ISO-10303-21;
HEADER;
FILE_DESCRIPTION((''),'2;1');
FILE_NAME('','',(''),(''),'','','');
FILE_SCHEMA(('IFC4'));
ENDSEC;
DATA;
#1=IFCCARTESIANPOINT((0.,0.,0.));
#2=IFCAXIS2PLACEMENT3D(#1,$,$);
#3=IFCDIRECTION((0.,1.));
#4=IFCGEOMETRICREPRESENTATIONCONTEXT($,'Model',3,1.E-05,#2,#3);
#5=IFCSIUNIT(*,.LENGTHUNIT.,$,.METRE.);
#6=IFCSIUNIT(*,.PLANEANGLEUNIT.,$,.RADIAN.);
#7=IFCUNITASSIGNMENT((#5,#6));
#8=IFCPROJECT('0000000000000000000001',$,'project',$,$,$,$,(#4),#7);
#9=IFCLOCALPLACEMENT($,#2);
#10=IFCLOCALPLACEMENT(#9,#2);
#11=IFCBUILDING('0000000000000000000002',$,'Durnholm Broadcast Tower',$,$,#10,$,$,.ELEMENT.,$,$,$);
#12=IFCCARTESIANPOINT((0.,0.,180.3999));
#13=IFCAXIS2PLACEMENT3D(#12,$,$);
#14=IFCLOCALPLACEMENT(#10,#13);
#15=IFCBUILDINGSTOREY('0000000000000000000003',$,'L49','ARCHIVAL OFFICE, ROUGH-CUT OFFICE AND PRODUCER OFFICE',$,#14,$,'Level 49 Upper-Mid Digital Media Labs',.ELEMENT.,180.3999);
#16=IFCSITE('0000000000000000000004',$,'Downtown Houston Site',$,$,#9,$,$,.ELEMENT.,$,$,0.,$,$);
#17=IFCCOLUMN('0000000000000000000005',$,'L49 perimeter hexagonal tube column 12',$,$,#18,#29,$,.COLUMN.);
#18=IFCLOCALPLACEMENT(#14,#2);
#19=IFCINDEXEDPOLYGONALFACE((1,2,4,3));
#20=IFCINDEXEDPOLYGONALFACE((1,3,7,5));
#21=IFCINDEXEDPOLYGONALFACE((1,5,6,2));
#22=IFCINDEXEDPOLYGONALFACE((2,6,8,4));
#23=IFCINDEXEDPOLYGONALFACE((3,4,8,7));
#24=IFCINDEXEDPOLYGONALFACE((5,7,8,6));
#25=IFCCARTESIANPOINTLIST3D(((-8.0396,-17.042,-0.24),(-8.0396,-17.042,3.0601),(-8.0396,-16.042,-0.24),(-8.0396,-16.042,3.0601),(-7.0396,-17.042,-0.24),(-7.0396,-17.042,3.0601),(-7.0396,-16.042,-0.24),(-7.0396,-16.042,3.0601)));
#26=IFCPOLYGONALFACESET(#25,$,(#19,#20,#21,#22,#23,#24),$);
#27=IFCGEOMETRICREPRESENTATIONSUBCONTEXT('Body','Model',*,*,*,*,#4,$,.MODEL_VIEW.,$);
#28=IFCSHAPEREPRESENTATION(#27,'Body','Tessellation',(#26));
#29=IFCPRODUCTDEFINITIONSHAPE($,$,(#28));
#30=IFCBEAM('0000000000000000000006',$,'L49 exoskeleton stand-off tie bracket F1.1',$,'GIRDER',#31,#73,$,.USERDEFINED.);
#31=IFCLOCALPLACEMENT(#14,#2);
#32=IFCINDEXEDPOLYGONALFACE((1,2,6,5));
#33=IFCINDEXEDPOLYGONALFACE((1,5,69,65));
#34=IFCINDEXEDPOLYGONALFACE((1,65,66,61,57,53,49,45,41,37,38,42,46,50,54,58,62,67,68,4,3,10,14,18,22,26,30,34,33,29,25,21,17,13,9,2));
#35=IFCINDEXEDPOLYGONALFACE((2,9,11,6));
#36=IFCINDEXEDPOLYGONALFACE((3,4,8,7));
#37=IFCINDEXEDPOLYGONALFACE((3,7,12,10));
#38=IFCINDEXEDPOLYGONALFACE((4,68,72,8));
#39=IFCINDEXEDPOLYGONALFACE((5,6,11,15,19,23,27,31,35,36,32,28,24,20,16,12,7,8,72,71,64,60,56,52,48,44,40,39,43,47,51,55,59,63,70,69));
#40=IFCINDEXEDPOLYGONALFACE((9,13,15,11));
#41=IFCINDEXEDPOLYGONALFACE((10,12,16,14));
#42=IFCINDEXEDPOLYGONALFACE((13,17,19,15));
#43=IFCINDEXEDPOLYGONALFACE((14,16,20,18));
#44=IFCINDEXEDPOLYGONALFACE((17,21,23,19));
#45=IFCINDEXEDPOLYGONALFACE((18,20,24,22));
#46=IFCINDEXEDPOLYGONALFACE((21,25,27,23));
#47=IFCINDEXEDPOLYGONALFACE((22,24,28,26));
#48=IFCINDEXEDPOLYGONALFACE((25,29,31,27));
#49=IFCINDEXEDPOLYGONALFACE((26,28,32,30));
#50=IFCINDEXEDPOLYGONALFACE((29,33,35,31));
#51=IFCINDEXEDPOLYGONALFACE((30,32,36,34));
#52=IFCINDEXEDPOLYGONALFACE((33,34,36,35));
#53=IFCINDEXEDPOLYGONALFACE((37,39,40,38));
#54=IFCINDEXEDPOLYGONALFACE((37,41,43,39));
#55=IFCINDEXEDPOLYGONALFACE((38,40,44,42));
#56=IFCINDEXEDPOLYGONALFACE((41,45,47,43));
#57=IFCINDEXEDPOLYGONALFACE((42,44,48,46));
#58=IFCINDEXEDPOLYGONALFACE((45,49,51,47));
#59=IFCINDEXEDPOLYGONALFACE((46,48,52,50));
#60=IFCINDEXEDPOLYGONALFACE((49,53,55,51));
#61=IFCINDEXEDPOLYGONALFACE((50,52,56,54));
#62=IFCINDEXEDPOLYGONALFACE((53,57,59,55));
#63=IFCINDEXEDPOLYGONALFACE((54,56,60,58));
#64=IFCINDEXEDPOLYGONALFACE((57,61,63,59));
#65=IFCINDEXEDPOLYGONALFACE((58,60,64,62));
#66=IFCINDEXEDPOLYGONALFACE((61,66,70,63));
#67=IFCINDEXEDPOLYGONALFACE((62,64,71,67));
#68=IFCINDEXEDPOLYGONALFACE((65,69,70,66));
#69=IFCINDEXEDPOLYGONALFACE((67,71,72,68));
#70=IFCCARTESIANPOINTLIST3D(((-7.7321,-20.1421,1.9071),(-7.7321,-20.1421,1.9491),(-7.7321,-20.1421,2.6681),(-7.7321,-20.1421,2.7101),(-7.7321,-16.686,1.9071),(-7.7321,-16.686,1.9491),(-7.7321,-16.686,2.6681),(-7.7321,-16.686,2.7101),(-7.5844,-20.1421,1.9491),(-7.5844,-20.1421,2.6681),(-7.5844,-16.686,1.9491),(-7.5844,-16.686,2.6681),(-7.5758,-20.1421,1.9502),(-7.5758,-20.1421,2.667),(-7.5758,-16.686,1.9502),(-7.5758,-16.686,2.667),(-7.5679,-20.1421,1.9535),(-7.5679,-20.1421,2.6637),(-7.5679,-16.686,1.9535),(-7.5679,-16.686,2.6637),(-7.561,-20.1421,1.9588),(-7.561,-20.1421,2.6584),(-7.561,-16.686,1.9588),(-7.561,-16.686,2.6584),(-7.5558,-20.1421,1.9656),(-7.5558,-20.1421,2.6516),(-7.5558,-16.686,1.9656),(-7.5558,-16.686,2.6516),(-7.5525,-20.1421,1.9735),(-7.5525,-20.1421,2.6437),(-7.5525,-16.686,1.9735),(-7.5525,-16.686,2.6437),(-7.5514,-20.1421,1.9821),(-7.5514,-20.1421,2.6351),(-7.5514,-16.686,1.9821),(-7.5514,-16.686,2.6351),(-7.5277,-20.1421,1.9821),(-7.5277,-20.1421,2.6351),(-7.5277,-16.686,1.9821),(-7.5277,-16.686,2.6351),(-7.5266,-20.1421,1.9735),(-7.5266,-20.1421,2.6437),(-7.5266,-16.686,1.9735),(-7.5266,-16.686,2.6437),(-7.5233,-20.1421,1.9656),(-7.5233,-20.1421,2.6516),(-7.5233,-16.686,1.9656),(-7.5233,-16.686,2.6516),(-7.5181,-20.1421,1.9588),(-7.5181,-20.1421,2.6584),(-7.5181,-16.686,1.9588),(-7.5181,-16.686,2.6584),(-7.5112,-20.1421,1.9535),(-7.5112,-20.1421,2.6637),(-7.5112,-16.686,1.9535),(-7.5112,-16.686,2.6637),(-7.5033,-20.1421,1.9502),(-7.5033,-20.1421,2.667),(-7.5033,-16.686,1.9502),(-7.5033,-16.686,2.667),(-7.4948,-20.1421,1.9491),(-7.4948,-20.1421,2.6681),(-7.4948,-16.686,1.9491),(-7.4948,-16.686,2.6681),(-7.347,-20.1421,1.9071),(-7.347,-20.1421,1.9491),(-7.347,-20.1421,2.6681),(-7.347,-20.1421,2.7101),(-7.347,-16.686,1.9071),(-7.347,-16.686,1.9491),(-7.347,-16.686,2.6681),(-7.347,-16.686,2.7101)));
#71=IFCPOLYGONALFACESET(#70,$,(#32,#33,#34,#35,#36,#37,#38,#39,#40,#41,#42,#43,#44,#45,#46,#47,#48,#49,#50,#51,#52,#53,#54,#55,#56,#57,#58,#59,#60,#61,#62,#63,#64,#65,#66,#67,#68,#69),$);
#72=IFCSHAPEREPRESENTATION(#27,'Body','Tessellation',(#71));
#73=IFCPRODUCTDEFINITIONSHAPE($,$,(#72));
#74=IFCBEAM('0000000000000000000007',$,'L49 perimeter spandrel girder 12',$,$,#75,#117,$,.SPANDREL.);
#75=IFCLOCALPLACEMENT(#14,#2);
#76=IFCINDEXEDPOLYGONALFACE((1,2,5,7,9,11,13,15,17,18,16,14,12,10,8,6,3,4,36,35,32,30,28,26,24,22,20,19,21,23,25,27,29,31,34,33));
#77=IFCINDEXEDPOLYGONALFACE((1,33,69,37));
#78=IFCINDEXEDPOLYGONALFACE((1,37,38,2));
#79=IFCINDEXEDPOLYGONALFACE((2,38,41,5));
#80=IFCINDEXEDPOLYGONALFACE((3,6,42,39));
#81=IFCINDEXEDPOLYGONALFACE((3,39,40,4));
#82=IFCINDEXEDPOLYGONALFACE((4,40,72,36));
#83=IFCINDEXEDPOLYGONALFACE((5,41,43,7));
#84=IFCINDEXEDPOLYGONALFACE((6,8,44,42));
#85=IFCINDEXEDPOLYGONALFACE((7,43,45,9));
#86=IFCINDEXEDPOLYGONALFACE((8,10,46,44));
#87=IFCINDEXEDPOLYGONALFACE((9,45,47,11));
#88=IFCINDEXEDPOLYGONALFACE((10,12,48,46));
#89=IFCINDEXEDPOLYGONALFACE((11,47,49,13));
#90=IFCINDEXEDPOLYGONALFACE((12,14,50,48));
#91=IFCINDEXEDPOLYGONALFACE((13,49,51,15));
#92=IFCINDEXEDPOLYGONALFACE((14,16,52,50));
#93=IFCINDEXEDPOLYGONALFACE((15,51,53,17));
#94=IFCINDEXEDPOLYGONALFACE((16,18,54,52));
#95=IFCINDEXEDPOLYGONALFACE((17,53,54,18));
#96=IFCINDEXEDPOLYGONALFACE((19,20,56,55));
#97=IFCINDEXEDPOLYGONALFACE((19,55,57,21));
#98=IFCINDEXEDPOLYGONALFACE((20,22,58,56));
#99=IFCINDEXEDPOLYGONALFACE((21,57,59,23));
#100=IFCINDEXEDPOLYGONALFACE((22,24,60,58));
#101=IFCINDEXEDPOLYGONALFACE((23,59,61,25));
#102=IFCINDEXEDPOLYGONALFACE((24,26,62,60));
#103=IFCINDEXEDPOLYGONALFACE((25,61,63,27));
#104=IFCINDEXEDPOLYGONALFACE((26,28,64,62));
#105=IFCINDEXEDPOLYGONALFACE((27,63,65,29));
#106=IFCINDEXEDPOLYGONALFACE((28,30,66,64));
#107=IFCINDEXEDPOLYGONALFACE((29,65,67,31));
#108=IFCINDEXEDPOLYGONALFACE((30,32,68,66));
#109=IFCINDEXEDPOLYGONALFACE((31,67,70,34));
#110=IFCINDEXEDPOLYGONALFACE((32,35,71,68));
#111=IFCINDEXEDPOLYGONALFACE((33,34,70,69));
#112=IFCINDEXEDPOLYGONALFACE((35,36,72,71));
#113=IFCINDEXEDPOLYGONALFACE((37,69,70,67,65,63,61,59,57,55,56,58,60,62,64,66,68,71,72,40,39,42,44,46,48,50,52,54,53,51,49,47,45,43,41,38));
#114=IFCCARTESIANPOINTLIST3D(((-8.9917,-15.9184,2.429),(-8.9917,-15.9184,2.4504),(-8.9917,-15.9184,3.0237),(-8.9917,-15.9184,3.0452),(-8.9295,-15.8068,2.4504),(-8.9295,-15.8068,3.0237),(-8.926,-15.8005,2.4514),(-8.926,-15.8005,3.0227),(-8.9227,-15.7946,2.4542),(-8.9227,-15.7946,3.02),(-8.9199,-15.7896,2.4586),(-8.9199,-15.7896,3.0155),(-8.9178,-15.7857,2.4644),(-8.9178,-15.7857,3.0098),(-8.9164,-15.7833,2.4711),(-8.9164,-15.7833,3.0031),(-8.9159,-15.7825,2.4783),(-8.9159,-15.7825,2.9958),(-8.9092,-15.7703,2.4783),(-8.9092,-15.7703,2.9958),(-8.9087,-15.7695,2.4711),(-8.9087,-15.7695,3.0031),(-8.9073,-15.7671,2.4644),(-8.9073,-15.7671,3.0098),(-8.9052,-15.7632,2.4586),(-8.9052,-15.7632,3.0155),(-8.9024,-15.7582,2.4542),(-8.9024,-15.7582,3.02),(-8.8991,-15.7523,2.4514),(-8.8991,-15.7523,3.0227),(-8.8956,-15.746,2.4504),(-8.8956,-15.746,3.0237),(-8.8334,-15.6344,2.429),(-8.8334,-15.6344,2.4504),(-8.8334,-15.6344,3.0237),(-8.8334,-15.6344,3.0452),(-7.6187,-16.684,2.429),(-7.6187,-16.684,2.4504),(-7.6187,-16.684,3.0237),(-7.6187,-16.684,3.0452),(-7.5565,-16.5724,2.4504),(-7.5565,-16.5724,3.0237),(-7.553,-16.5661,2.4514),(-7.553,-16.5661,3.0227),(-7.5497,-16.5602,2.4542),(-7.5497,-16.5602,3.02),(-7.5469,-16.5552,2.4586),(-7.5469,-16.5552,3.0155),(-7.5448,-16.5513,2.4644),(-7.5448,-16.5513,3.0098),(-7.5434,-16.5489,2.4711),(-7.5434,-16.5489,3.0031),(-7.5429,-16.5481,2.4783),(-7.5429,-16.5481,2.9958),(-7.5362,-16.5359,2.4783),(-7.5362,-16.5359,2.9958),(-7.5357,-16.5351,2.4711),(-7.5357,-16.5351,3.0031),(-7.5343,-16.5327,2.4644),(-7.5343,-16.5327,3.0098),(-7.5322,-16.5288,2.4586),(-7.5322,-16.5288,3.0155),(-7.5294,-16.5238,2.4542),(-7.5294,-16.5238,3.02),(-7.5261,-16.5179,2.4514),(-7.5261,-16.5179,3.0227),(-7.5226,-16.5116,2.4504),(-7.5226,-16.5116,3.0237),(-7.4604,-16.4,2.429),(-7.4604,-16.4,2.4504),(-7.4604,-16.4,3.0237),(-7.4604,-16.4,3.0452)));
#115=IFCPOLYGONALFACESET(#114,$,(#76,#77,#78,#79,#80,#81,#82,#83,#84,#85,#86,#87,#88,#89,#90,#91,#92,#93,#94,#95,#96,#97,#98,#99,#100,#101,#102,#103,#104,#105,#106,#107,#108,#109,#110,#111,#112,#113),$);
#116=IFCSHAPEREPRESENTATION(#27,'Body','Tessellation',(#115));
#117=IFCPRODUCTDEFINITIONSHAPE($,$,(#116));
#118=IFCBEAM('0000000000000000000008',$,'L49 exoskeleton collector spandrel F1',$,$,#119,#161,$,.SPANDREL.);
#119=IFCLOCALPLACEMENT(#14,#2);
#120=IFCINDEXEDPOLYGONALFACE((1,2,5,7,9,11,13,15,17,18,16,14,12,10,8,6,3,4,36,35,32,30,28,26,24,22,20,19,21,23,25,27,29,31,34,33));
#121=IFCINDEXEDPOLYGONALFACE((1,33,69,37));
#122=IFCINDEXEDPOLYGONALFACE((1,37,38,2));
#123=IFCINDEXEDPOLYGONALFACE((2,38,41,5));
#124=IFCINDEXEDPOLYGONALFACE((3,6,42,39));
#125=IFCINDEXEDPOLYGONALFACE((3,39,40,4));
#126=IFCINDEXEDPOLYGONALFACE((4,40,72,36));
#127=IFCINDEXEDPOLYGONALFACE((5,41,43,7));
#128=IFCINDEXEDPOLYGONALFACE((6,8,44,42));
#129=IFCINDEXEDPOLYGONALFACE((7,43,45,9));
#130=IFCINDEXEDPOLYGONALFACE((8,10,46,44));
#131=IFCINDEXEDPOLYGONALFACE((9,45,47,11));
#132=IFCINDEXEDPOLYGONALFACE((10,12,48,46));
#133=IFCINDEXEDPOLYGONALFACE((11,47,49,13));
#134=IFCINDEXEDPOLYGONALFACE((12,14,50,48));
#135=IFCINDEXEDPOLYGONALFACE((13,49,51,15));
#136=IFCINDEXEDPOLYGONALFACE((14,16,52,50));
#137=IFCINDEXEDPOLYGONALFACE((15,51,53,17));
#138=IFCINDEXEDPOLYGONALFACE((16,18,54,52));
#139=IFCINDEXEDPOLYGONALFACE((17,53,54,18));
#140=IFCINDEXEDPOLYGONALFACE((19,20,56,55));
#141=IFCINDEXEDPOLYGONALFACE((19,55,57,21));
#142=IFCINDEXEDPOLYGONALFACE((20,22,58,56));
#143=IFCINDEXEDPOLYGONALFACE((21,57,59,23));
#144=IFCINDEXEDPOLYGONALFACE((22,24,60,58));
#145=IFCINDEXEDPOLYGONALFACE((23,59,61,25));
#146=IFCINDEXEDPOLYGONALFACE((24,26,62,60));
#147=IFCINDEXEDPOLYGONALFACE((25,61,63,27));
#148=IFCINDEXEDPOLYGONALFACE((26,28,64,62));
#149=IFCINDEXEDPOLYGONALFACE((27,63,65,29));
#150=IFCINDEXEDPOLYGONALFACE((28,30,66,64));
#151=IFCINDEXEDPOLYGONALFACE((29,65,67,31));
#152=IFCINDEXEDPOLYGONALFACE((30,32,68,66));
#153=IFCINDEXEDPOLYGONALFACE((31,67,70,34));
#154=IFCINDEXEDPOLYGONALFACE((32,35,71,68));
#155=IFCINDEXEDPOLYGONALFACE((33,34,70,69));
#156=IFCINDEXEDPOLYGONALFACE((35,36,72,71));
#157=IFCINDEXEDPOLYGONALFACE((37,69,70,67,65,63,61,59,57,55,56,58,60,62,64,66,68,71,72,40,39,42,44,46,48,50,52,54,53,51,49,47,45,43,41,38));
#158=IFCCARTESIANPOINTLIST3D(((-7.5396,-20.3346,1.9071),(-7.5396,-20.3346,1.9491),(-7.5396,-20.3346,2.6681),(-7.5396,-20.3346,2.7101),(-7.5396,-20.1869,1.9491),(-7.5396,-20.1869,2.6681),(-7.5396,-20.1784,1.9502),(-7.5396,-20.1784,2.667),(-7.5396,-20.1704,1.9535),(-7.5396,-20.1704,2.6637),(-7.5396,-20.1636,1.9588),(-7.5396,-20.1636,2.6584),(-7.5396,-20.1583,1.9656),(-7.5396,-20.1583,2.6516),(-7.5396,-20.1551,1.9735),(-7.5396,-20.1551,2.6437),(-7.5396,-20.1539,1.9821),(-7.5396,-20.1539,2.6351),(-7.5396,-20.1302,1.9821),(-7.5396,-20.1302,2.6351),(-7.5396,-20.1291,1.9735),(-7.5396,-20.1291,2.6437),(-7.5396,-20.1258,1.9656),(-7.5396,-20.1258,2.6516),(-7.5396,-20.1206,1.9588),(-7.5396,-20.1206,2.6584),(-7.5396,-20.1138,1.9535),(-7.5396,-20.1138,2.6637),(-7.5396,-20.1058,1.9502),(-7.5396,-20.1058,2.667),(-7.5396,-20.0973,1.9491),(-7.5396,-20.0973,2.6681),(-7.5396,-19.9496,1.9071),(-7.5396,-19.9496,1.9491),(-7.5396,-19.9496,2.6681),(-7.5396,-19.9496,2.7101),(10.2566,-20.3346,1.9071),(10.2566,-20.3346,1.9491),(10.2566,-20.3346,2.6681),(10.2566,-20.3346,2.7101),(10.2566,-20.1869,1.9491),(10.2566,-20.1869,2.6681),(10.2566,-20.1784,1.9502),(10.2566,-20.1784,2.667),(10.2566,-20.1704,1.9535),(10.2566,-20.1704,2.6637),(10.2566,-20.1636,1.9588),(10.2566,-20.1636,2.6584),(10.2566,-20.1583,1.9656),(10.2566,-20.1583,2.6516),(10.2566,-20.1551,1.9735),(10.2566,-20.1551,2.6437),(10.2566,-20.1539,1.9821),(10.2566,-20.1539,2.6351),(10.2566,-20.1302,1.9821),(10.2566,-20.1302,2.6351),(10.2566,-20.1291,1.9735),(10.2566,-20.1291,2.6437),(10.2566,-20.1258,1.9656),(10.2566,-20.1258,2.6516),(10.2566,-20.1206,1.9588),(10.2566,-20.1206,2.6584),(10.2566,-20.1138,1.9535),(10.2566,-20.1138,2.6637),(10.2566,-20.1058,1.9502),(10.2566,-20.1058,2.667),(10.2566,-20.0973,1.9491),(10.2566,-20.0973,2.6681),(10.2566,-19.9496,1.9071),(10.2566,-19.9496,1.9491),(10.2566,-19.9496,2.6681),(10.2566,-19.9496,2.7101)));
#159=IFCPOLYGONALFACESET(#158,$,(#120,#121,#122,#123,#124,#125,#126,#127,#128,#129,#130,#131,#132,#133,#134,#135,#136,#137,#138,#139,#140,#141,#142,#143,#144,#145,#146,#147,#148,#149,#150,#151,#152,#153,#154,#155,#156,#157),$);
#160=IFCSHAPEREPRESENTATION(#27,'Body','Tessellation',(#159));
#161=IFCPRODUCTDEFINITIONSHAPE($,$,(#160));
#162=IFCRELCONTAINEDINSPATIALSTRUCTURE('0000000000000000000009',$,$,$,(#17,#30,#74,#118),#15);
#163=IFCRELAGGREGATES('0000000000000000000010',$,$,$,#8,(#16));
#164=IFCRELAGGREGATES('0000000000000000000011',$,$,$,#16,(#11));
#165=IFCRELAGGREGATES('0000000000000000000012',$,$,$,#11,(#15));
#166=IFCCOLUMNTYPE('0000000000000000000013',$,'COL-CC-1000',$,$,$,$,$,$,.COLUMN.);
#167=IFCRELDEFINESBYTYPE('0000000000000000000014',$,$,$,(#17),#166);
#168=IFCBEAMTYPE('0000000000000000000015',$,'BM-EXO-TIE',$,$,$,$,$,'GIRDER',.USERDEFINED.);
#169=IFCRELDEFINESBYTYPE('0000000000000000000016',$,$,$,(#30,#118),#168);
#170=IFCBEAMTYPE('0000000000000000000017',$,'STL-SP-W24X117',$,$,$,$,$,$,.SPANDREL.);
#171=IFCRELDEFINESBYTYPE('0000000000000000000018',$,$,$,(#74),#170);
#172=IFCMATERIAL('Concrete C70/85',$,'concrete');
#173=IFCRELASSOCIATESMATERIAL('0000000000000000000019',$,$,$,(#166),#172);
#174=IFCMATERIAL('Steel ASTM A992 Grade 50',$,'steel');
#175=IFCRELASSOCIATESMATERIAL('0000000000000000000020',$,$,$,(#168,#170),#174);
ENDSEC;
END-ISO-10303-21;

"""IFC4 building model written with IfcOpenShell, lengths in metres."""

from ifc_helpers import new_model, si_unit, direction, frame, origin, origin_2d, place, context, subcontext, project, spatial, rectangle, i_section, extrude, source, transform, mapped, material, material_profile, profile_set, type_object, type_shapes, element, save


model = new_model("IFC4")

# Units and contexts
model_context = context("Model", 3, precision=1e-05, world=origin(), true_north=direction((0.0, 1.0)))
body_context = subcontext(model_context, "Body", "Model", "MODEL_VIEW")
ifc_project = project(units=[si_unit("LENGTHUNIT", "METRE"), si_unit("PLANEANGLEUNIT", "RADIAN")], contexts=[model_context])

# Site, building, storey
site_placement = place(None, origin())
site = spatial("IfcSite", under=ifc_project, at=site_placement, Name="Downtown Houston Site", CompositionType="ELEMENT", RefElevation=0.0)
building_placement = place(site_placement, origin())
building = spatial("IfcBuilding", under=site, at=building_placement, Name="Durnholm Broadcast Tower", CompositionType="ELEMENT")
storey_placement = place(building_placement, frame((0.0, 0.0, 180.3999)))
storey = spatial("IfcBuildingStorey", under=building, at=storey_placement, Name="L49", Description="ARCHIVAL OFFICE, ROUGH-CUT OFFICE AND PRODUCER OFFICE", LongName="Level 49 Upper-Mid Digital Media Labs", CompositionType="ELEMENT", Elevation=180.3999)

# Column
ifc_material_1 = material(Name="Concrete C70/85", Category="concrete")
ifc_material_profile_1 = material_profile(ifc_material_1, rectangle(XDim=1.0, YDim=1.0, at=origin_2d()), Name="RC1000X1000")
ifc_profile_set_1 = profile_set([ifc_material_profile_1], Name="Concrete C70/85")
column_type = type_object("IfcColumnType", Name="COL-CC-1000", PredefinedType="COLUMN", material=ifc_profile_set_1)
shared_shape_1 = source(origin(), body_context, "Body", "SweptSolid", [
    extrude(rectangle(XDim=1.0, YDim=1.0, at=origin_2d()), origin(), (0.0, 0.0, 1.0), 3.3),
])
type_shapes(column_type, [shared_shape_1])
column_placement = place(storey_placement, frame((-7.5396, -16.542, -0.24), z_axis=(0.0, 0.0, 1.0), x_axis=(1.0, 0.0, 0.0)))
element("IfcColumn", 1, at=column_placement, inside=storey, type_object=column_type, Name="L49 perimeter hexagonal tube column 12", PredefinedType="COLUMN", context=body_context, shape_type="MappedRepresentation", body=[
    mapped(shared_shape_1, transform((0.0, 0.0, 0.0), x_axis=(1.0, 0.0, 0.0), y_axis=(0.0, 1.0, 0.0), z_axis=(0.0, 0.0, 1.0), scale=1.0)),
])

# Beams
ifc_material_2 = material(Name="Steel ASTM A992 Grade 50", Category="steel")
ifc_material_profile_2 = material_profile(ifc_material_2, i_section(OverallWidth=0.385, OverallDepth=0.803, WebThickness=0.0237, FlangeThickness=0.042, FilletRadius=0.033, at=origin_2d()), Name="W30X261")
ifc_profile_set_2 = profile_set([ifc_material_profile_2], Name="Steel ASTM A992 Grade 50")
beam_type_1 = type_object("IfcBeamType", Name="BM-EXO-TIE", ElementType="GIRDER", PredefinedType="USERDEFINED", material=ifc_profile_set_2)
shared_shape_2 = source(origin(), body_context, "Body", "SweptSolid", [
    extrude(i_section(OverallWidth=0.385, OverallDepth=0.803, WebThickness=0.0237, FlangeThickness=0.042, FilletRadius=0.033, at=origin_2d()), origin(), (0.0, 0.0, 1.0), 3.4561),
])
beam_1_placement = place(storey_placement, frame((-7.5396, -16.686, 2.3086), z_axis=(0.0, -1.0, 0.0), x_axis=(1.0, 0.0, 0.0)))
element("IfcBeam", 2, at=beam_1_placement, inside=storey, type_object=beam_type_1, Name="L49 exoskeleton stand-off tie bracket F1.1", ObjectType="GIRDER", PredefinedType="USERDEFINED", context=body_context, shape_type="MappedRepresentation", body=[
    mapped(shared_shape_2, transform((0.0, 0.0, 0.0), x_axis=(1.0, 0.0, 0.0), y_axis=(0.0, 1.0, 0.0), z_axis=(0.0, 0.0, 1.0), scale=1.0)),
])
ifc_material_profile_3 = material_profile(ifc_material_2, i_section(OverallWidth=0.3252, OverallDepth=0.6162, WebThickness=0.0139, FlangeThickness=0.0215, FilletRadius=0.0278, at=origin_2d()), Name="W24X117")
ifc_profile_set_3 = profile_set([ifc_material_profile_3], Name="Steel ASTM A992 Grade 50")
beam_type_2 = type_object("IfcBeamType", Name="STL-SP-W24X117", PredefinedType="SPANDREL", material=ifc_profile_set_3)
shared_shape_3 = source(origin(), body_context, "Body", "SweptSolid", [
    extrude(i_section(OverallWidth=0.3252, OverallDepth=0.6162, WebThickness=0.0139, FlangeThickness=0.0215, FilletRadius=0.0278, at=origin_2d()), origin(), (0.0, 0.0, 1.0), 1.572),
])
type_shapes(beam_type_2, [shared_shape_3])
beam_2_placement = place(storey_placement, frame((-7.5396, -16.542, 2.7371), z_axis=(-0.873394, 0.487014, 0.0), x_axis=(-0.487014, -0.873394, 0.0)))
element("IfcBeam", 3, at=beam_2_placement, inside=storey, type_object=beam_type_2, Name="L49 perimeter spandrel girder 12", PredefinedType="SPANDREL", context=body_context, shape_type="MappedRepresentation", body=[
    mapped(shared_shape_3, transform((0.0, 0.0, 0.0), x_axis=(1.0, 0.0, 0.0), y_axis=(0.0, 1.0, 0.0), z_axis=(0.0, 0.0, 1.0), scale=1.0)),
])
shared_shape_4 = source(origin(), body_context, "Body", "SweptSolid", [
    extrude(i_section(OverallWidth=0.385, OverallDepth=0.803, WebThickness=0.0237, FlangeThickness=0.042, FilletRadius=0.033, at=origin_2d()), origin(), (0.0, 0.0, 1.0), 17.7961),
])
type_shapes(beam_type_1, [shared_shape_2, shared_shape_4])
beam_3_placement = place(storey_placement, frame((-7.5396, -20.1421, 2.3086), z_axis=(1.0, 0.0, 0.0), x_axis=(0.0, 1.0, 0.0)))
element("IfcBeam", 4, at=beam_3_placement, inside=storey, type_object=beam_type_1, Name="L49 exoskeleton collector spandrel F1", PredefinedType="SPANDREL", context=body_context, shape_type="MappedRepresentation", body=[
    mapped(shared_shape_4, transform((0.0, 0.0, 0.0), x_axis=(1.0, 0.0, 0.0), y_axis=(0.0, 1.0, 0.0), z_axis=(0.0, 0.0, 1.0), scale=1.0)),
])

save(model, "model.ifc")
